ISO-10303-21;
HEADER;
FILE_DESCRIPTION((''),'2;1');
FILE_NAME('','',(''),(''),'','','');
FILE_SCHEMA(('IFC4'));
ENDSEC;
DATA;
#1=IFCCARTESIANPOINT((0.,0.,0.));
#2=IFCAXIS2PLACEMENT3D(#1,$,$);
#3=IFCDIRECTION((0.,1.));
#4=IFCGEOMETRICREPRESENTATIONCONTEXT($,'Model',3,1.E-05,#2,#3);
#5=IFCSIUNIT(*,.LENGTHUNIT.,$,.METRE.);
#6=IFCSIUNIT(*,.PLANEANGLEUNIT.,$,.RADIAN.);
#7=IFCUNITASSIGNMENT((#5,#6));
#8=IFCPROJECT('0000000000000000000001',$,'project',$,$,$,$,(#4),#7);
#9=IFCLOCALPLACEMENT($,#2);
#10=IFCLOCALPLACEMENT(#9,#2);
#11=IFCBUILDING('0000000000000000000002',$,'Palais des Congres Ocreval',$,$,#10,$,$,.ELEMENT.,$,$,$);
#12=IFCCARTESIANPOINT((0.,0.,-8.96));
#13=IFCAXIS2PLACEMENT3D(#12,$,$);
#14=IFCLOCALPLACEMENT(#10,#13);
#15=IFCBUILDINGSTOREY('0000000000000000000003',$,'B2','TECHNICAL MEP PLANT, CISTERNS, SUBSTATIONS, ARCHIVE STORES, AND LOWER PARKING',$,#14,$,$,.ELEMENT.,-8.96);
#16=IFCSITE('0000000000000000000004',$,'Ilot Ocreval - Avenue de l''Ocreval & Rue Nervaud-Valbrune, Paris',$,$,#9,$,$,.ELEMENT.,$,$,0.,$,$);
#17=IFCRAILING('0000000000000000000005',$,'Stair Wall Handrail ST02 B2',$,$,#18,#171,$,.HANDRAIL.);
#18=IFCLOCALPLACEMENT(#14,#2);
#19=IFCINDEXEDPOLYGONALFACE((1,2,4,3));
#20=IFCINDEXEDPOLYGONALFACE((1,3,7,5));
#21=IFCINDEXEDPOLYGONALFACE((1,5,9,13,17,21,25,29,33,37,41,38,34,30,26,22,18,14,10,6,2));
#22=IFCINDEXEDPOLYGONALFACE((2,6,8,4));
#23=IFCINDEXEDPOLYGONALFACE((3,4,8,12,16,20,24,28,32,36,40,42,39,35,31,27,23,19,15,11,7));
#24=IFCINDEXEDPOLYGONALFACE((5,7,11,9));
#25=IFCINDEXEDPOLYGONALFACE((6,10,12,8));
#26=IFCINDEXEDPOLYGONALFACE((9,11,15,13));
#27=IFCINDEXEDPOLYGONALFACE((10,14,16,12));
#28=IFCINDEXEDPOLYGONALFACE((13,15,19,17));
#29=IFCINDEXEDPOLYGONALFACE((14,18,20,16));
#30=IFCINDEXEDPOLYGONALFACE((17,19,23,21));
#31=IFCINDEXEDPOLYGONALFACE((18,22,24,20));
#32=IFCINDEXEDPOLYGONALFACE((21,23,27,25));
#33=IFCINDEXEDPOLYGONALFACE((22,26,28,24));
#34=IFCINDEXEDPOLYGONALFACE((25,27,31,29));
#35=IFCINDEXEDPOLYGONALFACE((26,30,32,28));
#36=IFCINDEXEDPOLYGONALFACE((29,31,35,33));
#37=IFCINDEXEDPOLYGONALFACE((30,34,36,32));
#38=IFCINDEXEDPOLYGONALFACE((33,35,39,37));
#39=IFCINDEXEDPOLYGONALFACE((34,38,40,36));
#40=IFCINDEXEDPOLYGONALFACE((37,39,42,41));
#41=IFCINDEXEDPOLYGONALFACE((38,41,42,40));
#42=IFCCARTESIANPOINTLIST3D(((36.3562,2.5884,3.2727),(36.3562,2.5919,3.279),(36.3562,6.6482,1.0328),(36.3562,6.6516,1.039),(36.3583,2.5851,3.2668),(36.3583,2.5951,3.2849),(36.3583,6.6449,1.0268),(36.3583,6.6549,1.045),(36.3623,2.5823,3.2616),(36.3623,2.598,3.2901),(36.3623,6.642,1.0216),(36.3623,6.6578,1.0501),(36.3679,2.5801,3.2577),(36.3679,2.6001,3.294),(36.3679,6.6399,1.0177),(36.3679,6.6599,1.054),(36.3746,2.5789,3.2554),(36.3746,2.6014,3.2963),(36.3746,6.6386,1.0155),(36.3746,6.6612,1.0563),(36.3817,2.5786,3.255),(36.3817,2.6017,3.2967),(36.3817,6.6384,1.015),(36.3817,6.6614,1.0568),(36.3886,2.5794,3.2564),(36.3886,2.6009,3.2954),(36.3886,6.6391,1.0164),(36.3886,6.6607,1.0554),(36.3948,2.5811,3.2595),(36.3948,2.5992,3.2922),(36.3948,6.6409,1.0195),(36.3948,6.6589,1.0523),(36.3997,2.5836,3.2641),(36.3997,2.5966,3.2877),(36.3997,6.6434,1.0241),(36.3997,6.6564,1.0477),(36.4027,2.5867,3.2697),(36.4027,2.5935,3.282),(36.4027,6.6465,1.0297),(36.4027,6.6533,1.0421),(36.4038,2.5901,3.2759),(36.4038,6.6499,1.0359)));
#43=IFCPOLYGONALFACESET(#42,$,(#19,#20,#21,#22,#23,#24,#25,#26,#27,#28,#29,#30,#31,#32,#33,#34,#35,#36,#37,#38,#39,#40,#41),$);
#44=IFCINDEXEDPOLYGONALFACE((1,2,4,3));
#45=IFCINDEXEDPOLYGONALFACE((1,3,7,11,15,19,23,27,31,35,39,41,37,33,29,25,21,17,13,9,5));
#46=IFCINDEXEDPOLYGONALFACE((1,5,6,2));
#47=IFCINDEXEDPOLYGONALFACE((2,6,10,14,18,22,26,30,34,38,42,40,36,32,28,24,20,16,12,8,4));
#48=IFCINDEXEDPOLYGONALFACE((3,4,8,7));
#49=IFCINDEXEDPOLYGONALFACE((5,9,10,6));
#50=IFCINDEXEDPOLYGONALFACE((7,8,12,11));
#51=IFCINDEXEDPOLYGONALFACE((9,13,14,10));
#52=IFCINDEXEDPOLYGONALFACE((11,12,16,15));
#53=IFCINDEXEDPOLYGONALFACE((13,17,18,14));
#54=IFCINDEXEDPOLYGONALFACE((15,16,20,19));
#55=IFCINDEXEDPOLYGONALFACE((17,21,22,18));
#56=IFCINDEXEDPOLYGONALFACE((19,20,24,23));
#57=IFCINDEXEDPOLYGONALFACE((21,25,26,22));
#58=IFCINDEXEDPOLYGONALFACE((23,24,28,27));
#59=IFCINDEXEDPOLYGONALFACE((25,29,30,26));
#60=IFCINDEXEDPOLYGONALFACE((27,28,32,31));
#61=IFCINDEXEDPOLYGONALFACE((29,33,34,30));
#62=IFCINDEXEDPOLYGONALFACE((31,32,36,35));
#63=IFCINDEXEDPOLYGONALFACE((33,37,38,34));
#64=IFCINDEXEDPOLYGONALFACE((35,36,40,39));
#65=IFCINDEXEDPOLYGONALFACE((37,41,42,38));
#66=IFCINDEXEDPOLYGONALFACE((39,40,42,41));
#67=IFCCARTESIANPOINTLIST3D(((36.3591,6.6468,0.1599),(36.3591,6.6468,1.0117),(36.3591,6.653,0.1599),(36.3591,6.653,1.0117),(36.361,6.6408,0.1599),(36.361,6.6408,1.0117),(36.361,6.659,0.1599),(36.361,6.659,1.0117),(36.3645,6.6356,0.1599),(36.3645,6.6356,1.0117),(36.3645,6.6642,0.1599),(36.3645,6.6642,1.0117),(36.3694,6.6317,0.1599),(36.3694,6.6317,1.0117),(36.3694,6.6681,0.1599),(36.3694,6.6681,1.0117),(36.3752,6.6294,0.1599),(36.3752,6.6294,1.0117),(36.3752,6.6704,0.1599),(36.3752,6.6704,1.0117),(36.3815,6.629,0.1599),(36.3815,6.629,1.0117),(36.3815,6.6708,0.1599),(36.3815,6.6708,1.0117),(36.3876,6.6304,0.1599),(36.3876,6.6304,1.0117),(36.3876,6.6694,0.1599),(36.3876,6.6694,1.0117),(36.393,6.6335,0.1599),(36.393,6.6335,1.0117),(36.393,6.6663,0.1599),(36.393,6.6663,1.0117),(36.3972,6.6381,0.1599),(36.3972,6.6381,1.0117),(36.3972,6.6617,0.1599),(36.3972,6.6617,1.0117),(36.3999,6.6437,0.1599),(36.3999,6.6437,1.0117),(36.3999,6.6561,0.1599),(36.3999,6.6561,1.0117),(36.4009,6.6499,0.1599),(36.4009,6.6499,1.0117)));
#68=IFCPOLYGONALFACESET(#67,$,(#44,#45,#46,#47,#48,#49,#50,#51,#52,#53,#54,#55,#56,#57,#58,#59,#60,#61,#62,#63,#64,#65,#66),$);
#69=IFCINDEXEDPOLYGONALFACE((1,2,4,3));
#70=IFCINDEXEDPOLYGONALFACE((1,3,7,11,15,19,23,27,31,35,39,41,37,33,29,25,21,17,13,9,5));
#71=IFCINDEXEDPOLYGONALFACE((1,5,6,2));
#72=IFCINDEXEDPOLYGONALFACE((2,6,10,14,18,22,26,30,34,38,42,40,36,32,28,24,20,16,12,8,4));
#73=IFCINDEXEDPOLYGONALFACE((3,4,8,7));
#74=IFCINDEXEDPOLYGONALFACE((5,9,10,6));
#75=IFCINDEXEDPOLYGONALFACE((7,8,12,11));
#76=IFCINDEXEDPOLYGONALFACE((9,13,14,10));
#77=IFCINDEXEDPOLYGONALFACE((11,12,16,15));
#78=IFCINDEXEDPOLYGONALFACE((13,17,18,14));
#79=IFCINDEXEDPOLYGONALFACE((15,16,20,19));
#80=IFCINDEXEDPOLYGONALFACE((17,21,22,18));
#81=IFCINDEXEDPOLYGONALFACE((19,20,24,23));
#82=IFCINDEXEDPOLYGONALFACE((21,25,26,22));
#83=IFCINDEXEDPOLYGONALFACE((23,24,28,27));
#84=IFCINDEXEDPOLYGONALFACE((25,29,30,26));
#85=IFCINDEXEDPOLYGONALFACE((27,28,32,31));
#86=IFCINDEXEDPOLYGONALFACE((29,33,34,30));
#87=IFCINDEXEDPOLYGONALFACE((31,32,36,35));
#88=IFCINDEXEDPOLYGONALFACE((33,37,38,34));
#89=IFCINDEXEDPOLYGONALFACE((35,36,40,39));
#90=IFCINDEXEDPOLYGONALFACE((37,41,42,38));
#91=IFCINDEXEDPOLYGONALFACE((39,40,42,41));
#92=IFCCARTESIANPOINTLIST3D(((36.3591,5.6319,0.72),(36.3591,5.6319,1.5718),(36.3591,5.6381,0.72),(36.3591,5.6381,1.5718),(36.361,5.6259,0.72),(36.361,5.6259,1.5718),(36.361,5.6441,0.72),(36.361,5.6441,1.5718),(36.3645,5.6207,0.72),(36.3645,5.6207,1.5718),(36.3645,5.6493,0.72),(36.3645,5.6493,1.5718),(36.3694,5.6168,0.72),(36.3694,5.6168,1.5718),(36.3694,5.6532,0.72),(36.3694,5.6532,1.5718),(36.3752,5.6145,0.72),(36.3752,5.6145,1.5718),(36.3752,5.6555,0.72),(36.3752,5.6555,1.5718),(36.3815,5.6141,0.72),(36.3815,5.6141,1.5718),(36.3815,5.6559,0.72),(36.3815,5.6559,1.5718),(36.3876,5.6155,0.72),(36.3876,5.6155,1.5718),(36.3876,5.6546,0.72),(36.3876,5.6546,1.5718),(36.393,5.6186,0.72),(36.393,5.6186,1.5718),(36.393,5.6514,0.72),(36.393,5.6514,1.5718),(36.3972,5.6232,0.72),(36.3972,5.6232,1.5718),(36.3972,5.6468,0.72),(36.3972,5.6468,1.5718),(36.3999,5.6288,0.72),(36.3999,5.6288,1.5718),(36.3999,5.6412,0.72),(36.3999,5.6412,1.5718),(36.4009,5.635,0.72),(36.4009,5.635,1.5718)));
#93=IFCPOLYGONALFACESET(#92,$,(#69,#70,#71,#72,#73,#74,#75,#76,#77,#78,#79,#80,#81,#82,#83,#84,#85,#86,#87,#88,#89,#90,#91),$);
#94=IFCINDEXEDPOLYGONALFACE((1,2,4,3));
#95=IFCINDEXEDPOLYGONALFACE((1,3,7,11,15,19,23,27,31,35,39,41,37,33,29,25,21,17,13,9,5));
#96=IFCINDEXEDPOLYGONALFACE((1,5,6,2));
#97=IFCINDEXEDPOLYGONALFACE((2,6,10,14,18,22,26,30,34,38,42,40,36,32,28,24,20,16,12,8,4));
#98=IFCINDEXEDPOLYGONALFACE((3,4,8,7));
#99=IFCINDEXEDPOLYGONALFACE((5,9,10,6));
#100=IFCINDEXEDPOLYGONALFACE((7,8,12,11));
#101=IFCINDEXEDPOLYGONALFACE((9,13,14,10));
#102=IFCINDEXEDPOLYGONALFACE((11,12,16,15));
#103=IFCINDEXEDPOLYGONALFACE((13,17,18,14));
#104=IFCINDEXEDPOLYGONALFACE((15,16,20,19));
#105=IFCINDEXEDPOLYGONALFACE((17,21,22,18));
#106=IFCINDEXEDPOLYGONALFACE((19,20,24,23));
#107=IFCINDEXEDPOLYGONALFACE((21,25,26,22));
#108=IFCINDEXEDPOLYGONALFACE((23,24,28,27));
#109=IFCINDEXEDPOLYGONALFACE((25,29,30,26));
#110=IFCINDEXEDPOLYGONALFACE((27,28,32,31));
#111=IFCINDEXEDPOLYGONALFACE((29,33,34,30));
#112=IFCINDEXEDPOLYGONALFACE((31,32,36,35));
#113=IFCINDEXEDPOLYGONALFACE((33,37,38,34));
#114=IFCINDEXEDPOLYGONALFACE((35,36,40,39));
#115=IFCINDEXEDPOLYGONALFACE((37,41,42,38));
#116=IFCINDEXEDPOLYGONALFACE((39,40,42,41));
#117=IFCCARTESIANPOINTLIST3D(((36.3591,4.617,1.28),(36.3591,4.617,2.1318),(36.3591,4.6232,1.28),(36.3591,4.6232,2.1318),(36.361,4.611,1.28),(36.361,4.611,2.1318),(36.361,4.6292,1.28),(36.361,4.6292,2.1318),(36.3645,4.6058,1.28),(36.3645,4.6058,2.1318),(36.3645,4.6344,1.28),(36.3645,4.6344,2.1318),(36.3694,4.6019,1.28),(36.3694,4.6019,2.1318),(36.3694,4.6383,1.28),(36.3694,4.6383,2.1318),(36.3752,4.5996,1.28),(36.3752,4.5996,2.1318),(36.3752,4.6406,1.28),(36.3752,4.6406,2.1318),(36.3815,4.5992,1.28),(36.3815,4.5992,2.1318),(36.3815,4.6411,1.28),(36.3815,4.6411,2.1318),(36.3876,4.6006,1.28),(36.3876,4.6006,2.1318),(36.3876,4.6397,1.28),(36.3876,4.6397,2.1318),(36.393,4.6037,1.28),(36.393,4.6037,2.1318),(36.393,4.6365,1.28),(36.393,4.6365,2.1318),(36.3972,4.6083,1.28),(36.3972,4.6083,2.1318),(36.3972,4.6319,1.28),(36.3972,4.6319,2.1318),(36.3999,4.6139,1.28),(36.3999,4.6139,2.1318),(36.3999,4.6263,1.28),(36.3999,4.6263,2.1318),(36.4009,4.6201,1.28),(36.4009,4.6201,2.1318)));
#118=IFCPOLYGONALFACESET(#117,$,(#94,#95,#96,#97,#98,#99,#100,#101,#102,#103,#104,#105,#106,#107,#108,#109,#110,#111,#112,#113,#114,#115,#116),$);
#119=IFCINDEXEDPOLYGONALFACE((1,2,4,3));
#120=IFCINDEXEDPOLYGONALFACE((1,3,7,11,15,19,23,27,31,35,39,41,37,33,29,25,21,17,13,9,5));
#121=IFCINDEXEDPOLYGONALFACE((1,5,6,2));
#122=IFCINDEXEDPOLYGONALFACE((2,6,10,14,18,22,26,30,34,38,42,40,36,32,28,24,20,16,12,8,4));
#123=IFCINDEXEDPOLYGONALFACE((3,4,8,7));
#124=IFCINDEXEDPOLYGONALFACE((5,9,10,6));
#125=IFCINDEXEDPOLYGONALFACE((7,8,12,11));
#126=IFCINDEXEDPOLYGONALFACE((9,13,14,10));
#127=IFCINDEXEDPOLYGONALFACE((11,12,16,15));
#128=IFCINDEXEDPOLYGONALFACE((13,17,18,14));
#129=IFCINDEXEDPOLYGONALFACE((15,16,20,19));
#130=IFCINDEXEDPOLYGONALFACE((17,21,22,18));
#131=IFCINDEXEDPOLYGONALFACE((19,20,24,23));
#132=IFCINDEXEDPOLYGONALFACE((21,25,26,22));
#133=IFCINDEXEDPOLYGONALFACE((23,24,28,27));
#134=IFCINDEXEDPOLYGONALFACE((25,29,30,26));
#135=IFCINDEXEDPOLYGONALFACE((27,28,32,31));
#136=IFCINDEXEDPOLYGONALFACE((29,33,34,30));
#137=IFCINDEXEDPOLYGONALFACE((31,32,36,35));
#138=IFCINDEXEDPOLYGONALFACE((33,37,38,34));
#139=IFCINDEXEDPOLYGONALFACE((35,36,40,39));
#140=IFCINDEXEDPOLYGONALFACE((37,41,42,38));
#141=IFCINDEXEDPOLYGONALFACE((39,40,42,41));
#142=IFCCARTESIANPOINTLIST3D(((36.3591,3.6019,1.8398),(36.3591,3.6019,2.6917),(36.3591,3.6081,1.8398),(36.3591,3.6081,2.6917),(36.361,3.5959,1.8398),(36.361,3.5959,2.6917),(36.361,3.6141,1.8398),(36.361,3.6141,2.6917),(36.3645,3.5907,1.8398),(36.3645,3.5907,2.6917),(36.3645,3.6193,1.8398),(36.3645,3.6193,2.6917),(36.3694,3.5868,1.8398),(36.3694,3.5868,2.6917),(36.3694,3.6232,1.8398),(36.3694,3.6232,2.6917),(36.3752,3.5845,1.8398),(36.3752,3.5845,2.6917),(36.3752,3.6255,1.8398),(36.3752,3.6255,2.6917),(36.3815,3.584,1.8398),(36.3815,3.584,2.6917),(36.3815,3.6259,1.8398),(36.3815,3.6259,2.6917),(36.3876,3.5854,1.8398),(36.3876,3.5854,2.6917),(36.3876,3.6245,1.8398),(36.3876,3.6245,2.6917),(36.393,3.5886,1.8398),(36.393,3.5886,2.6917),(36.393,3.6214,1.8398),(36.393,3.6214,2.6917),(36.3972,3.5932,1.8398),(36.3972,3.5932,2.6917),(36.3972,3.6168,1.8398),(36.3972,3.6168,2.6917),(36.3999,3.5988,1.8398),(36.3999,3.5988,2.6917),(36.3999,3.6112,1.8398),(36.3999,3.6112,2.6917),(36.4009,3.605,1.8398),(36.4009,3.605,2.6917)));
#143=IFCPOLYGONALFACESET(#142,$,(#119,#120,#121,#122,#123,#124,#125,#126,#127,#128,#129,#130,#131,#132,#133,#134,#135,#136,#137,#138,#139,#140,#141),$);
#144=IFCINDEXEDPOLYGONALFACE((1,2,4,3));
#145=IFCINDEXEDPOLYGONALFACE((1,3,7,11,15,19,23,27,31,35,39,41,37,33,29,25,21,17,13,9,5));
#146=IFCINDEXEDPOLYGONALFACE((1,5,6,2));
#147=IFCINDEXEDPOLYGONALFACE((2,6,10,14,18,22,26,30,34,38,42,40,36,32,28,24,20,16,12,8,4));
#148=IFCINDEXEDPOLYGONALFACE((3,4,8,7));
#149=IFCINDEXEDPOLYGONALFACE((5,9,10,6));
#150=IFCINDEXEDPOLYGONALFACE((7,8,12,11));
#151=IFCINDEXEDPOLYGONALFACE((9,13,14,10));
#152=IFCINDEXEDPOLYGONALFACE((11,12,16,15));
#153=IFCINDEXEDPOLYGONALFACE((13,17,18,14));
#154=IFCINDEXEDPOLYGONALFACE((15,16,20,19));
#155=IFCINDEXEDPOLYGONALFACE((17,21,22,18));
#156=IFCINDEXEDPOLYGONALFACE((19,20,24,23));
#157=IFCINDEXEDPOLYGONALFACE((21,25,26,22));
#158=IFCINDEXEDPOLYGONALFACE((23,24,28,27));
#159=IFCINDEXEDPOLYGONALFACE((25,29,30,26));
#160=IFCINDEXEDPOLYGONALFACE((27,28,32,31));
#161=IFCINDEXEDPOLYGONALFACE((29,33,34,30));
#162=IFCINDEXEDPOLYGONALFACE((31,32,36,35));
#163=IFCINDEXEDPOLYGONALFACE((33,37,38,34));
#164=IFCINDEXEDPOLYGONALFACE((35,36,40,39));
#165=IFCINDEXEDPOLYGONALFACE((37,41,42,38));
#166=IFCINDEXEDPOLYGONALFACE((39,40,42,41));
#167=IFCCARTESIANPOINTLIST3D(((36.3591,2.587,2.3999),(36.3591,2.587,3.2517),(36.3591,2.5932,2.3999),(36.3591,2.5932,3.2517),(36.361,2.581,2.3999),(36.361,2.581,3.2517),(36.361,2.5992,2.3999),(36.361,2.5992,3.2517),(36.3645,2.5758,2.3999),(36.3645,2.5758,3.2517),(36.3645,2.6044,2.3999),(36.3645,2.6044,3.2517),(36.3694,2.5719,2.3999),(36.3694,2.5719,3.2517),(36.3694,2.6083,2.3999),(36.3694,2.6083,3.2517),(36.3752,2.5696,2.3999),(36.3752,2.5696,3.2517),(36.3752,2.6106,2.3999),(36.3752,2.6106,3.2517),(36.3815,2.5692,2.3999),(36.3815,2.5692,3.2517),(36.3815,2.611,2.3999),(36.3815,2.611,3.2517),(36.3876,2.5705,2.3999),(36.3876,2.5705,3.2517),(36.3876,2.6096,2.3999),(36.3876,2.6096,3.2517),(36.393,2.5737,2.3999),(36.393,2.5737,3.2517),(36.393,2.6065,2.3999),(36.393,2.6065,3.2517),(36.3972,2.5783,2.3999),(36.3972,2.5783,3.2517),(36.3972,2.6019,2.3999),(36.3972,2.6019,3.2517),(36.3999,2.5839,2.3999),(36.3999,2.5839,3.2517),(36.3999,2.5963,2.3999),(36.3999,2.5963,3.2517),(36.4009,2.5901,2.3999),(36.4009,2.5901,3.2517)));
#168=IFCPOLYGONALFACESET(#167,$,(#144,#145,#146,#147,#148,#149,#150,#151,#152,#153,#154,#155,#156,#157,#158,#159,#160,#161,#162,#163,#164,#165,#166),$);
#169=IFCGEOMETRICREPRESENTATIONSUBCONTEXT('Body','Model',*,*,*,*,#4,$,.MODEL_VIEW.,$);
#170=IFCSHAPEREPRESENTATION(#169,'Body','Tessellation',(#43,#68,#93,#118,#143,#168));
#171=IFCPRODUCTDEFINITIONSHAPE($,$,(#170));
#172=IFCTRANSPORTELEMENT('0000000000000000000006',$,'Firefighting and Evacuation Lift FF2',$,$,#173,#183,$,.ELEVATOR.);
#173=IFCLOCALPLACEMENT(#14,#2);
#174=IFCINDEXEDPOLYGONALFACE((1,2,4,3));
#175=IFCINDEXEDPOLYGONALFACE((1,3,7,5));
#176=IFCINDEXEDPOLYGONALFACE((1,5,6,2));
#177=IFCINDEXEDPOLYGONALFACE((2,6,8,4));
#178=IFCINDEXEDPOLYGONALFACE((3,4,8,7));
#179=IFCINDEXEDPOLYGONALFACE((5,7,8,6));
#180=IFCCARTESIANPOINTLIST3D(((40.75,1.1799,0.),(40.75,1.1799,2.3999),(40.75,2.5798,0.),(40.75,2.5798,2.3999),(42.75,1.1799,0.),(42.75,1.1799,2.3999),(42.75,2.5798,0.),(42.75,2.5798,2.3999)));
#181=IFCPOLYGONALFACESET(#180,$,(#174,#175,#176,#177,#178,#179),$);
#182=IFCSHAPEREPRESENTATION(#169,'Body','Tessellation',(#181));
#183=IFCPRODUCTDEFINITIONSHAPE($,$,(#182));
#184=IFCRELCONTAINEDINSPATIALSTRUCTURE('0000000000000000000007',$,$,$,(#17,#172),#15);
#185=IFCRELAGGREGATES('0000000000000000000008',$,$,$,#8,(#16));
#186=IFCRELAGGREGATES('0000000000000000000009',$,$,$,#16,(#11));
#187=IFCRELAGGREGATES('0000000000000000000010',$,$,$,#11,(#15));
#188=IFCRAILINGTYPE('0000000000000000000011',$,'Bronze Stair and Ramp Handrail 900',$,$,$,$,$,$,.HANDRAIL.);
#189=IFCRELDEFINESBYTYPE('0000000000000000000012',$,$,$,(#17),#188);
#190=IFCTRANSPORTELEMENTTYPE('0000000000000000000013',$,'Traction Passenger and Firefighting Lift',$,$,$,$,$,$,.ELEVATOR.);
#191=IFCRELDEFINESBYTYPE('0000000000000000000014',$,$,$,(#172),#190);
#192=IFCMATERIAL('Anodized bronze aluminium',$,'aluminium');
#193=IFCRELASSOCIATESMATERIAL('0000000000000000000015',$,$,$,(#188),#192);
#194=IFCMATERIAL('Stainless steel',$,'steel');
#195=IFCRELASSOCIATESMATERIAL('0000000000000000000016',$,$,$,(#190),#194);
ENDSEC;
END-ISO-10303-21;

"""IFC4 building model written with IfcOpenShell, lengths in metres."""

from ifc_helpers import new_model, si_unit, direction, frame, origin, origin_2d, place, context, subcontext, project, spatial, rectangle, circle, extrude, material, type_object, element, save


model = new_model("IFC4")

# Units and contexts
model_context = context("Model", 3, precision=1e-05, world=origin(), true_north=direction((0.0, 1.0)))
body_context = subcontext(model_context, "Body", "Model", "MODEL_VIEW")
ifc_project = project(units=[si_unit("LENGTHUNIT", "METRE"), si_unit("PLANEANGLEUNIT", "RADIAN")], contexts=[model_context])

# Site, building, storey
site_placement = place(None, origin())
site = spatial("IfcSite", under=ifc_project, at=site_placement, Name="Ilot Ocreval - Avenue de l'Ocreval & Rue Nervaud-Valbrune, Paris", CompositionType="ELEMENT", RefElevation=0.0)
building_placement = place(site_placement, origin())
building = spatial("IfcBuilding", under=site, at=building_placement, Name="Palais des Congres Ocreval", CompositionType="ELEMENT")
storey_placement = place(building_placement, frame((0.0, 0.0, -8.96)))
storey = spatial("IfcBuildingStorey", under=building, at=storey_placement, Name="B2", Description="TECHNICAL MEP PLANT, CISTERNS, SUBSTATIONS, ARCHIVE STORES, AND LOWER PARKING", CompositionType="ELEMENT", Elevation=-8.96)

# Shared definitions
ifc_material_1 = material(Name="Stainless steel", Category="steel")

# Railing
ifc_material_2 = material(Name="Anodized bronze aluminium", Category="aluminium")
railing_type_1 = type_object("IfcRailingType", Name="Bronze Stair and Ramp Handrail 900", PredefinedType="HANDRAIL", material=ifc_material_2)
railing_1_placement = place(storey_placement, frame((36.3799, 6.6499, 0.1599)))
element("IfcRailing", 1, at=railing_1_placement, inside=storey, type_object=railing_type_1, Name="Stair Wall Handrail ST02 B2", PredefinedType="HANDRAIL", context=body_context, shape_type="SweptSolid", body=[
    extrude(circle(Radius=0.0239, at=origin_2d()), frame((0.0, 0.0, 0.876), z_axis=(0.0, -0.875569, 0.483093), x_axis=(1.0, 0.0, 0.0)), (0.0, 0.0, 1.0), 4.6367),
    extrude(circle(Radius=0.021, at=origin_2d()), origin(), (0.0, 0.0, 1.0), 0.8518),
    extrude(circle(Radius=0.021, at=origin_2d()), frame((0.0, -1.0149, 0.5601)), (0.0, 0.0, 1.0), 0.8518),
    extrude(circle(Radius=0.021, at=origin_2d()), frame((0.0, -2.0298, 1.1201)), (0.0, 0.0, 1.0), 0.8518),
    extrude(circle(Radius=0.021, at=origin_2d()), frame((0.0, -3.0449, 1.6799)), (0.0, 0.0, 1.0), 0.8518),
    extrude(circle(Radius=0.021, at=origin_2d()), frame((0.0, -4.0598, 2.24)), (0.0, 0.0, 1.0), 0.8518),
])

# Transport element
transport_element_type = type_object("IfcTransportElementType", Name="Traction Passenger and Firefighting Lift", PredefinedType="ELEVATOR", material=ifc_material_1)
transport_element_placement = place(storey_placement, frame((41.75, 1.8799, 0.0), z_axis=(0.0, 0.0, 1.0), x_axis=(1.0, 0.0, 0.0)))
element("IfcTransportElement", 2, at=transport_element_placement, inside=storey, type_object=transport_element_type, Name="Firefighting and Evacuation Lift FF2", PredefinedType="ELEVATOR", context=body_context, shape_type="SweptSolid", body=[
    extrude(rectangle(XDim=2.0, YDim=1.3999, at=origin_2d()), origin(), (0.0, 0.0, 1.0), 2.3999),
])

save(model, "model.ifc")
